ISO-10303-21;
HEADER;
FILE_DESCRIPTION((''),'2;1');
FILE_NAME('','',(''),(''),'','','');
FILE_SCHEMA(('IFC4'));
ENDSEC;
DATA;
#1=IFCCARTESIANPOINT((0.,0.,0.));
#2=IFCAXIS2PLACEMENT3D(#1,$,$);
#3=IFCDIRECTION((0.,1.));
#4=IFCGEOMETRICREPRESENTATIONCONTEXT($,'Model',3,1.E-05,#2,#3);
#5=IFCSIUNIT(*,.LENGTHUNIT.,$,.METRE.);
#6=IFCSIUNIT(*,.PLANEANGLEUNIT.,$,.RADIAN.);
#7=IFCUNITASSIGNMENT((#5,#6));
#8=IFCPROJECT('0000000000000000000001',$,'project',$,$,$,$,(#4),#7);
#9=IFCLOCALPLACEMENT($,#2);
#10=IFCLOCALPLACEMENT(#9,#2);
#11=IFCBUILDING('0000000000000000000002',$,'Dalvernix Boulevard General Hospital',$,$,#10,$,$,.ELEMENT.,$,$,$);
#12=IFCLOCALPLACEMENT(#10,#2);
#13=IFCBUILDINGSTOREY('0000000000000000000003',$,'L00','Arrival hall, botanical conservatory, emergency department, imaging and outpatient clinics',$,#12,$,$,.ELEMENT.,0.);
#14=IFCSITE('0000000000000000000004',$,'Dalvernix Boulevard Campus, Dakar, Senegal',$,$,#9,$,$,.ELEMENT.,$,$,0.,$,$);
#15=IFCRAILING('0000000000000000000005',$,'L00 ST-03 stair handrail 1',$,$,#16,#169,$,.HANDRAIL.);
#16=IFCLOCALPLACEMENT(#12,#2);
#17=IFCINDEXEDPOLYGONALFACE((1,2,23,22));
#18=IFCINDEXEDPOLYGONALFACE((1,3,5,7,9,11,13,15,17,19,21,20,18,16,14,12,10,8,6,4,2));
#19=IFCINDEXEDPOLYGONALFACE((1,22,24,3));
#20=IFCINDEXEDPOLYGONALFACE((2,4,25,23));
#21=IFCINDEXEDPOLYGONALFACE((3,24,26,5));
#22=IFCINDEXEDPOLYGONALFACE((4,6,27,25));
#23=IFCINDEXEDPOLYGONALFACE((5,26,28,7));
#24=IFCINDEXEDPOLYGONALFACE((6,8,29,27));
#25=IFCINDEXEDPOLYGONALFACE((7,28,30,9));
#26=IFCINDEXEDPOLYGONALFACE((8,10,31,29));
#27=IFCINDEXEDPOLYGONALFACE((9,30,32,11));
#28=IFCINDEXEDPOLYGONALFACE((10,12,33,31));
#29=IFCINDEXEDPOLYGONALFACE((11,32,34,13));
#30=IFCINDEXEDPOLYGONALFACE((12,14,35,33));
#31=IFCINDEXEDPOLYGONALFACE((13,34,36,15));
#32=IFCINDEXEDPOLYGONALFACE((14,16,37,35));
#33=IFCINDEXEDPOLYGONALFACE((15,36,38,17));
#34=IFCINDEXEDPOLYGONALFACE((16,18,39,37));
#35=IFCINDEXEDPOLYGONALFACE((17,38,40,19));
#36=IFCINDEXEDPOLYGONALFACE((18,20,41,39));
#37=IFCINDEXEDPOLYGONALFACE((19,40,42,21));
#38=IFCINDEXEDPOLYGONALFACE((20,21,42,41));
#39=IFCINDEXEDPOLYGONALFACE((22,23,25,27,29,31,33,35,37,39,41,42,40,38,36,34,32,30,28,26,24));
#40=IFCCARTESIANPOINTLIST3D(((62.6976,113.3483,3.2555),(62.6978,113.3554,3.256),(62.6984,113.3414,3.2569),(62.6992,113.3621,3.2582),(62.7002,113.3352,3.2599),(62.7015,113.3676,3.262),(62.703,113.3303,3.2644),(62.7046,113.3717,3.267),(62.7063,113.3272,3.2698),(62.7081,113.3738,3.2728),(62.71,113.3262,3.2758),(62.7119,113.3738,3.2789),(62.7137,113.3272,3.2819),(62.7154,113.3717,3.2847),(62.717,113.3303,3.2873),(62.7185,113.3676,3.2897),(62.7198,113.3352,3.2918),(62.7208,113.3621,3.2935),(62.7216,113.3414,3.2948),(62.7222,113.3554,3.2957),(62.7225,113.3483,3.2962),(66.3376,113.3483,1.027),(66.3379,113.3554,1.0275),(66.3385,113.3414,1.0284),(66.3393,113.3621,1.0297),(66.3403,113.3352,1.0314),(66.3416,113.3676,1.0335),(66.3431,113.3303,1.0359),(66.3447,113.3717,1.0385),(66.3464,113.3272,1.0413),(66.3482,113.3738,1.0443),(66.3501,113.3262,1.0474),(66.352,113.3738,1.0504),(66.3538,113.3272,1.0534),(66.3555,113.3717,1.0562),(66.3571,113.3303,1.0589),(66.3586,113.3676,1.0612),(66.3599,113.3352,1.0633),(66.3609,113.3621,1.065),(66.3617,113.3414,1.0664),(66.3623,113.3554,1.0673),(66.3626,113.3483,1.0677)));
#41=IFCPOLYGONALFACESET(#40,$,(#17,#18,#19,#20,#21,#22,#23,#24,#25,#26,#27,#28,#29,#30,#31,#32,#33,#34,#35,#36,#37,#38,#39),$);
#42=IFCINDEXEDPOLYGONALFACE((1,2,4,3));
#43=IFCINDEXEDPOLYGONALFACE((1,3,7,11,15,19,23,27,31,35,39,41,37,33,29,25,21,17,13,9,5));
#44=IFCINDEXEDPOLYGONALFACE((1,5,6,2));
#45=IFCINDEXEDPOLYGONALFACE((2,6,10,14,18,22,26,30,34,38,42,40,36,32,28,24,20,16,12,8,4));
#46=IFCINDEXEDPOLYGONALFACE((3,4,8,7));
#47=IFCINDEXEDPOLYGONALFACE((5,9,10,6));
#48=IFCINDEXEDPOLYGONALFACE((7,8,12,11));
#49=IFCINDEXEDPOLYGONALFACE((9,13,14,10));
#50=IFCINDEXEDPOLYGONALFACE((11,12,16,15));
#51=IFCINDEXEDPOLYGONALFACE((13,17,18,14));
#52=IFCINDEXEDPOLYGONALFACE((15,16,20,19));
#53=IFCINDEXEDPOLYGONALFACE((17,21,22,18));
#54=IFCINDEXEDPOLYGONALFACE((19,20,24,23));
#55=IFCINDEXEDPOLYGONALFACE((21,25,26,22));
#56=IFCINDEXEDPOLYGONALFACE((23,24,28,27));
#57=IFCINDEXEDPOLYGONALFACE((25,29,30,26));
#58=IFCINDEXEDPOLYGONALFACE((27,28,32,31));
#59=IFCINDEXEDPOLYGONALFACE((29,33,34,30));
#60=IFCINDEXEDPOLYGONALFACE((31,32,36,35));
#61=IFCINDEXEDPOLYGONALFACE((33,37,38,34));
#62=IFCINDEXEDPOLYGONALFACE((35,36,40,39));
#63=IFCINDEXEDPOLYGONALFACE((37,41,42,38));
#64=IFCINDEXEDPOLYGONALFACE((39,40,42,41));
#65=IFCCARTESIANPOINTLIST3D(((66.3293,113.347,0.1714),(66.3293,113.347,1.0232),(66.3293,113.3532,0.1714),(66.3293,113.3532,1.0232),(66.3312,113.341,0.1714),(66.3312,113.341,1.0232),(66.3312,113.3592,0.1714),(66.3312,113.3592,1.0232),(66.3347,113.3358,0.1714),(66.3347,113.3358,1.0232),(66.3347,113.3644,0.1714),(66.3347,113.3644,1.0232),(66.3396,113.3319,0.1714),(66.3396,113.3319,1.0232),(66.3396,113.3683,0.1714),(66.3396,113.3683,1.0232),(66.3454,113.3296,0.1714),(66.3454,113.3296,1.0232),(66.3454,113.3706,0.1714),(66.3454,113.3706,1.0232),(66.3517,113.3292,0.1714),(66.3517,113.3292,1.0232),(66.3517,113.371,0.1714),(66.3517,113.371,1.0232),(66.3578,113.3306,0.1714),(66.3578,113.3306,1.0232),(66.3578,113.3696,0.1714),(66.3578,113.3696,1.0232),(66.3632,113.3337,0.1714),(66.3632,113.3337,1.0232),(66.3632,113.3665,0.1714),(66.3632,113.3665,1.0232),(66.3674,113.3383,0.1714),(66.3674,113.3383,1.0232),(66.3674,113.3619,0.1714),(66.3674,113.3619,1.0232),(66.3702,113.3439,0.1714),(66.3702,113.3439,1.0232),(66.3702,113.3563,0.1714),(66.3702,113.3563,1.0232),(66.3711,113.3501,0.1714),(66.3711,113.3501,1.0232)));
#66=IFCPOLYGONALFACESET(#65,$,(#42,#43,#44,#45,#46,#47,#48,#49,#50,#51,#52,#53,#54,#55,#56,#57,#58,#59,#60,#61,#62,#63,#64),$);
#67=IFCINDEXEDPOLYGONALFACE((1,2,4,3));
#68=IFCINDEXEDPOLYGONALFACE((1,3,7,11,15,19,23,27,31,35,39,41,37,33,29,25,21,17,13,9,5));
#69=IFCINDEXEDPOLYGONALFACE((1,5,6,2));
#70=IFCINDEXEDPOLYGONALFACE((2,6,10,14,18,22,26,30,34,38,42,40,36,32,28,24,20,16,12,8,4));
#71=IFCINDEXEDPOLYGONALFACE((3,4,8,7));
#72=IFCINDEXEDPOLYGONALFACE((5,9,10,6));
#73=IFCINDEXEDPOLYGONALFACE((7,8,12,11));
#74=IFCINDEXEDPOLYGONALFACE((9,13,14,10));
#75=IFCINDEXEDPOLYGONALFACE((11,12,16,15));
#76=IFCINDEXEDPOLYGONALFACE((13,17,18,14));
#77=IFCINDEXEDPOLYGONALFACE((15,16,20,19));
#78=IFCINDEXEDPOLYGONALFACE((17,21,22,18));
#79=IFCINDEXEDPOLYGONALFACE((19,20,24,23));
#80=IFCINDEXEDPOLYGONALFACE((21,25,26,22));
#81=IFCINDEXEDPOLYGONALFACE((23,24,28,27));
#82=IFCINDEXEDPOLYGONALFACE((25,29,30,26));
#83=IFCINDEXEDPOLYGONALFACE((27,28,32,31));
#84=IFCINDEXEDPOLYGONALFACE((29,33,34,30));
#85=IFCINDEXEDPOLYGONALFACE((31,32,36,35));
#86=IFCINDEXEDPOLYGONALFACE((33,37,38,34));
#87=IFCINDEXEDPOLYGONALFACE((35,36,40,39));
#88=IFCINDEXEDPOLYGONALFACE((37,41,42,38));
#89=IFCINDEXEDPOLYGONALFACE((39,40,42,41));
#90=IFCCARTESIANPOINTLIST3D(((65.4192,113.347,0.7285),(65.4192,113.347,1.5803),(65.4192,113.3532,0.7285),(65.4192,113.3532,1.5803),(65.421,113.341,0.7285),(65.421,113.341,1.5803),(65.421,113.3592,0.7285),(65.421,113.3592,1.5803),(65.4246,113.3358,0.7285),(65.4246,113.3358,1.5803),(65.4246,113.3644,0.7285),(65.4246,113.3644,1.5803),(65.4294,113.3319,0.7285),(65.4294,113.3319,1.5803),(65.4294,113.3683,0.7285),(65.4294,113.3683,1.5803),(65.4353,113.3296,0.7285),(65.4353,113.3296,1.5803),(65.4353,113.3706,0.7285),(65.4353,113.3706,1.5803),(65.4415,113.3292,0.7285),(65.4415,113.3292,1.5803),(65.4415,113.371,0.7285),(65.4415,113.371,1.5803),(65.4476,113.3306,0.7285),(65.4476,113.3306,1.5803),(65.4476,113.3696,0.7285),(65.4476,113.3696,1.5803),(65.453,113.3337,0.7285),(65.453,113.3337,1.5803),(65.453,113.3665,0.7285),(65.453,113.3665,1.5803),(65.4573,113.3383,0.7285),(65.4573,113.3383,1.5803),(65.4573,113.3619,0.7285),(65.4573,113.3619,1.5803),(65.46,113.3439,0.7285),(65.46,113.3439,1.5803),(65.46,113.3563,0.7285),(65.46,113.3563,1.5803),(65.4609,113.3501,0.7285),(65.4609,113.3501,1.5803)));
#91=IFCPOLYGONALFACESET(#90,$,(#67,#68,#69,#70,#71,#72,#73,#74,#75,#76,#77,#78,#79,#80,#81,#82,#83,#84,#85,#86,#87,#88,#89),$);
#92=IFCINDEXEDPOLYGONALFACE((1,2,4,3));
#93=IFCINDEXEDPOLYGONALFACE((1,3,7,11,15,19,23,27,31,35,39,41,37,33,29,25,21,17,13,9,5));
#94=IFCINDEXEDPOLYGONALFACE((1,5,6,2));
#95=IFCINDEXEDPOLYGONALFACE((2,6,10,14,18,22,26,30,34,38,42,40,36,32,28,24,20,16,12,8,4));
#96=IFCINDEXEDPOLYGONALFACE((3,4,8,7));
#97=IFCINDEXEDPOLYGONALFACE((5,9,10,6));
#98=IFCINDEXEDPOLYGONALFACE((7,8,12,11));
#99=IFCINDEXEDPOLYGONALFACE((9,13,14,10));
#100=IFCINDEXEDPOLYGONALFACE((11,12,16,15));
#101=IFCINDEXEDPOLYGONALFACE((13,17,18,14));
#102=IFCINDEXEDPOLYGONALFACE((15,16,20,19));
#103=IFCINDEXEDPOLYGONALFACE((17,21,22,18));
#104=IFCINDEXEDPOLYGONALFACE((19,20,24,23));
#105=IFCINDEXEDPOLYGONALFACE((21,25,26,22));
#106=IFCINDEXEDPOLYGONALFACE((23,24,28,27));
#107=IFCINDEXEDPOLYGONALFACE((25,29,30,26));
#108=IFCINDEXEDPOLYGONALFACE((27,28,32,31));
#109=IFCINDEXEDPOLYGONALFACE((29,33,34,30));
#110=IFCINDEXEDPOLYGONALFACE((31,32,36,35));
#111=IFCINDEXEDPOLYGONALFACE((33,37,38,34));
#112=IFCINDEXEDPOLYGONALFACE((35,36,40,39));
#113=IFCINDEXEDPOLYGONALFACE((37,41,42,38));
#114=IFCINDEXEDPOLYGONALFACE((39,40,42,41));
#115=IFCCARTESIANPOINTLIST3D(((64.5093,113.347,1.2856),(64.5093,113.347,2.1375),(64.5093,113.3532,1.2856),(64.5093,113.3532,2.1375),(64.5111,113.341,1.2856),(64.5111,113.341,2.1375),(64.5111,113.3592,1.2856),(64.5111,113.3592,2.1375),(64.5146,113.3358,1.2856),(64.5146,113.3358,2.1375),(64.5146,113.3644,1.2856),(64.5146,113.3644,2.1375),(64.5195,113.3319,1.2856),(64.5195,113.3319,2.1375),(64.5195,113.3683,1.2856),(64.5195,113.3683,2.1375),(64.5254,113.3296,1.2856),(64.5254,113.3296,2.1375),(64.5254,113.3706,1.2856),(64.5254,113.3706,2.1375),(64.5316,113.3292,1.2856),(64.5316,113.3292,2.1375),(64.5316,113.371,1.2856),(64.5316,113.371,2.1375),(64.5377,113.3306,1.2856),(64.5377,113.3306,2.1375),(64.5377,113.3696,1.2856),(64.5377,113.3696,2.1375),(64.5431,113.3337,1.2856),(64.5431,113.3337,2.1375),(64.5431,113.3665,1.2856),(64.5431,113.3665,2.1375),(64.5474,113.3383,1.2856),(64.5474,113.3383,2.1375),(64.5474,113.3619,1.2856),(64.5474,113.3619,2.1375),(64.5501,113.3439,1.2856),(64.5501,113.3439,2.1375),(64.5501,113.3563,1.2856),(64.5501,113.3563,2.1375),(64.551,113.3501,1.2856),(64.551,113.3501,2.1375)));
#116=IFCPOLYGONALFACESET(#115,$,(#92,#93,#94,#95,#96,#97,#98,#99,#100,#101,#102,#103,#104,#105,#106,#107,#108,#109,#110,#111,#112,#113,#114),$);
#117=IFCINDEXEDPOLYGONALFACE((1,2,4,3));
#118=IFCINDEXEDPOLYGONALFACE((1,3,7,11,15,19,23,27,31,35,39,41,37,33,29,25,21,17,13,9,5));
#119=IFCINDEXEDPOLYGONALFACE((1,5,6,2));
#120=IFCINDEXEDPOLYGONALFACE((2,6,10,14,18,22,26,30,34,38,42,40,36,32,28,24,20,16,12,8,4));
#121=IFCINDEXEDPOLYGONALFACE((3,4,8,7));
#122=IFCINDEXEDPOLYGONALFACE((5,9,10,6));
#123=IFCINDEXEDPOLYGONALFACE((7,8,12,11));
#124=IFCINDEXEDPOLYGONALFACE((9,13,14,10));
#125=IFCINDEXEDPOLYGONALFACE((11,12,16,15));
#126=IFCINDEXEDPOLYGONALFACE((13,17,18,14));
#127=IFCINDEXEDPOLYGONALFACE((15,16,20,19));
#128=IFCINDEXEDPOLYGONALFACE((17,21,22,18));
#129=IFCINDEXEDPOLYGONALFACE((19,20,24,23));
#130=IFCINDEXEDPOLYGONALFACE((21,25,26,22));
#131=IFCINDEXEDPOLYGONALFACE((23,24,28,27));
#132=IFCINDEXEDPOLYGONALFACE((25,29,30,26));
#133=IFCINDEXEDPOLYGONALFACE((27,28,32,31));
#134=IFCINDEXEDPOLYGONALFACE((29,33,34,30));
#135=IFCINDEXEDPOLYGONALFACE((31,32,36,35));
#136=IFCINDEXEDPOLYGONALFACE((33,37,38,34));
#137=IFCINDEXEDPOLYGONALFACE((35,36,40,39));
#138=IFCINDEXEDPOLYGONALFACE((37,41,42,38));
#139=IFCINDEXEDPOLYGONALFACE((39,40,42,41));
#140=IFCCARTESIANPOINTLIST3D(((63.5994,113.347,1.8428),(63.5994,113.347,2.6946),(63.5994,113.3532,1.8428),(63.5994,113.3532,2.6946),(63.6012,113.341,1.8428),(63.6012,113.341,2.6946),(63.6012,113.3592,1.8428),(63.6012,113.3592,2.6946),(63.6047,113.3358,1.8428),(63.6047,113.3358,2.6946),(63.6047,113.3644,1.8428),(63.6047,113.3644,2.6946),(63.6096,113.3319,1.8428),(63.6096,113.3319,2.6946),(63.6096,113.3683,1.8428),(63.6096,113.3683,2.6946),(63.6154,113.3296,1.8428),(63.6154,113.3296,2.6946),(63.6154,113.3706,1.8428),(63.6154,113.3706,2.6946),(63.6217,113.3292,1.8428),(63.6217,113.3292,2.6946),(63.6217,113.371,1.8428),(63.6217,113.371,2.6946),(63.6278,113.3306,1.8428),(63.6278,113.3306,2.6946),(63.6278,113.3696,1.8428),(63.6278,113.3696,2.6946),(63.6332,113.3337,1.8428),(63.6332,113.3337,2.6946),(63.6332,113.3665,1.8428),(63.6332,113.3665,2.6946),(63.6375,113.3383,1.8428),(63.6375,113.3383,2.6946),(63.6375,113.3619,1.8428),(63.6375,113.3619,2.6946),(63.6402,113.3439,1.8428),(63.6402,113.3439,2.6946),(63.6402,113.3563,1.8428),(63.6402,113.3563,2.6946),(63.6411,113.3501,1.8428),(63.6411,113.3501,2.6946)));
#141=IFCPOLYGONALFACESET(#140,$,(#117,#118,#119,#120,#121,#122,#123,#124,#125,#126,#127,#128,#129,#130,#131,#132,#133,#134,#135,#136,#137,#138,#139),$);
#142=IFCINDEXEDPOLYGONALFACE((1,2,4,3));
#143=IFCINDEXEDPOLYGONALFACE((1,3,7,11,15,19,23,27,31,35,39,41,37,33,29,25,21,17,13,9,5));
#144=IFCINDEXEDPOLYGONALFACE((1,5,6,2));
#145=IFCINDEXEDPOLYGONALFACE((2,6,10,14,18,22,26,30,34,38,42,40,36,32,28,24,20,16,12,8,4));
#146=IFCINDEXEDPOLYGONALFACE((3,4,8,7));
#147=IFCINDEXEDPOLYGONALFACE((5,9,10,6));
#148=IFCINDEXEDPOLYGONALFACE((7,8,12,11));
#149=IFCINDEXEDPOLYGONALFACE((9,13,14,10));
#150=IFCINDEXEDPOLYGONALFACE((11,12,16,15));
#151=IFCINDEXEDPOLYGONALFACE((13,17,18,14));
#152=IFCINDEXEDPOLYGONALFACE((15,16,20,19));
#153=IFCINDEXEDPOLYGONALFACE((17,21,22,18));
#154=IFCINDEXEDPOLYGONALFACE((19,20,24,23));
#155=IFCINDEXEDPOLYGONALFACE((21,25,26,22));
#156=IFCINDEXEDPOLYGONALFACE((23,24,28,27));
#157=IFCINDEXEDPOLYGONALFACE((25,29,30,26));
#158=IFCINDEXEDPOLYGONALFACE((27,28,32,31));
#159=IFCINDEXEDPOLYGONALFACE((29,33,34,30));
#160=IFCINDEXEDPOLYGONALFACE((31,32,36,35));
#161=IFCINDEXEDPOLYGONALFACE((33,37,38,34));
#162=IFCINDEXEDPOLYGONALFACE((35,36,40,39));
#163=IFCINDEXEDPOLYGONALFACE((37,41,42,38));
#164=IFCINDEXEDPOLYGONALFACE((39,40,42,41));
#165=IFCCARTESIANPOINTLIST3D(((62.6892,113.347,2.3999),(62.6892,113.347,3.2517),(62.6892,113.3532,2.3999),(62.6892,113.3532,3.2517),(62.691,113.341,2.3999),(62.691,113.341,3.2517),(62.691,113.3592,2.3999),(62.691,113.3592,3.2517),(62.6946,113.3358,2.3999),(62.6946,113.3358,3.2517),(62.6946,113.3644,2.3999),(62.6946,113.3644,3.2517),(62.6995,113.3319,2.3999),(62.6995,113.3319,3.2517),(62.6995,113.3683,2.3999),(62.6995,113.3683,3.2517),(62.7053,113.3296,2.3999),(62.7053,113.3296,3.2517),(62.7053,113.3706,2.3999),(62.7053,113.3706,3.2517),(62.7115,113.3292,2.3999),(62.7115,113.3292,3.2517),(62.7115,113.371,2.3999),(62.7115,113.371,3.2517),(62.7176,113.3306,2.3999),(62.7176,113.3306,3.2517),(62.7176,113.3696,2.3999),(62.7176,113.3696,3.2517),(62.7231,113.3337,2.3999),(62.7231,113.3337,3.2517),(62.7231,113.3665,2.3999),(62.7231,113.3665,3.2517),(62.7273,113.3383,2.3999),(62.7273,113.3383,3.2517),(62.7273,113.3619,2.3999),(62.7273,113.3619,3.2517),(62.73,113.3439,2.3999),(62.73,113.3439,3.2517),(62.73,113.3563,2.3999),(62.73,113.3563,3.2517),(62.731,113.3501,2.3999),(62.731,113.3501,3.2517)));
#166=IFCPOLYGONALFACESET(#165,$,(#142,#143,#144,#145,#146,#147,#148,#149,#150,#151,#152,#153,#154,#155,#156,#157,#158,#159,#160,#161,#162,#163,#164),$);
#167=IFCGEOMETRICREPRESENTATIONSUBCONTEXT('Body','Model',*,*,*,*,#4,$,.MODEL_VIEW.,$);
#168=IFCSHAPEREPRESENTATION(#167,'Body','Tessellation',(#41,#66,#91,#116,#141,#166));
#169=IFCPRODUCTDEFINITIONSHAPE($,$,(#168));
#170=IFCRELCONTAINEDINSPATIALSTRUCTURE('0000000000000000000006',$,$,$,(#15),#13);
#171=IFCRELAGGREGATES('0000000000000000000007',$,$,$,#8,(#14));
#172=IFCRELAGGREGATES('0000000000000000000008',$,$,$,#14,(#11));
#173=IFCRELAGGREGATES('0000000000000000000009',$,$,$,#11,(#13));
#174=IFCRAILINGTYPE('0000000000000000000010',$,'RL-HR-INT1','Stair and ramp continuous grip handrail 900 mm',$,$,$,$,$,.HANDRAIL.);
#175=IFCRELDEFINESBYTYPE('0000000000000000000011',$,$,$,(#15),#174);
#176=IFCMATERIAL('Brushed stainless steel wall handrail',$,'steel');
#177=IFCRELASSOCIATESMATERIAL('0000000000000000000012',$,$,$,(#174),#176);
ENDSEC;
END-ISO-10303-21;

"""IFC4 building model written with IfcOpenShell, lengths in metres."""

from ifc_helpers import new_model, si_unit, direction, frame, origin, origin_2d, place, context, subcontext, project, spatial, circle, extrude, material, type_object, element, save


model = new_model("IFC4")

# Units and contexts
model_context = context("Model", 3, precision=1e-05, world=origin(), true_north=direction((0.0, 1.0)))
body_context = subcontext(model_context, "Body", "Model", "MODEL_VIEW")
ifc_project = project(units=[si_unit("LENGTHUNIT", "METRE"), si_unit("PLANEANGLEUNIT", "RADIAN")], contexts=[model_context])

# Site, building, storey
site_placement = place(None, origin())
site = spatial("IfcSite", under=ifc_project, at=site_placement, Name="Dalvernix Boulevard Campus, Dakar, Senegal", CompositionType="ELEMENT", RefElevation=0.0)
building_placement = place(site_placement, origin())
building = spatial("IfcBuilding", under=site, at=building_placement, Name="Dalvernix Boulevard General Hospital", CompositionType="ELEMENT")
storey_placement = place(building_placement, origin())
storey = spatial("IfcBuildingStorey", under=building, at=storey_placement, Name="L00", Description="Arrival hall, botanical conservatory, emergency department, imaging and outpatient clinics", CompositionType="ELEMENT", Elevation=0.0)

# Railing
ifc_material_1 = material(Name="Brushed stainless steel wall handrail", Category="steel")
railing_type_1 = type_object("IfcRailingType", Name="RL-HR-INT1", Description="Stair and ramp continuous grip handrail 900 mm", PredefinedType="HANDRAIL", material=ifc_material_1)
railing_1_placement = place(storey_placement, frame((66.3501, 113.3501, 0.1714)))
element("IfcRailing", 1, at=railing_1_placement, inside=storey, type_object=railing_type_1, Name="L00 ST-03 stair handrail 1", PredefinedType="HANDRAIL", context=body_context, shape_type="SweptSolid", body=[
    extrude(circle(Radius=0.0239, at=origin_2d()), frame((0.0, 0.0, 0.876), z_axis=(-0.852866, 0.0, 0.52213), x_axis=(0.0, -1.0, 0.0)), (0.0, 0.0, 1.0), 4.2681),
    extrude(circle(Radius=0.021, at=origin_2d()), origin(), (0.0, 0.0, 1.0), 0.8518),
    extrude(circle(Radius=0.021, at=origin_2d()), frame((-0.9102, 0.0, 0.5571)), (0.0, 0.0, 1.0), 0.8518),
    extrude(circle(Radius=0.021, at=origin_2d()), frame((-1.8201, 0.0, 1.1143)), (0.0, 0.0, 1.0), 0.8518),
    extrude(circle(Radius=0.021, at=origin_2d()), frame((-2.73, 0.0, 1.6714)), (0.0, 0.0, 1.0), 0.8518),
    extrude(circle(Radius=0.021, at=origin_2d()), frame((-3.6401, 0.0, 2.2285)), (0.0, 0.0, 1.0), 0.8518),
])

save(model, "model.ifc")
